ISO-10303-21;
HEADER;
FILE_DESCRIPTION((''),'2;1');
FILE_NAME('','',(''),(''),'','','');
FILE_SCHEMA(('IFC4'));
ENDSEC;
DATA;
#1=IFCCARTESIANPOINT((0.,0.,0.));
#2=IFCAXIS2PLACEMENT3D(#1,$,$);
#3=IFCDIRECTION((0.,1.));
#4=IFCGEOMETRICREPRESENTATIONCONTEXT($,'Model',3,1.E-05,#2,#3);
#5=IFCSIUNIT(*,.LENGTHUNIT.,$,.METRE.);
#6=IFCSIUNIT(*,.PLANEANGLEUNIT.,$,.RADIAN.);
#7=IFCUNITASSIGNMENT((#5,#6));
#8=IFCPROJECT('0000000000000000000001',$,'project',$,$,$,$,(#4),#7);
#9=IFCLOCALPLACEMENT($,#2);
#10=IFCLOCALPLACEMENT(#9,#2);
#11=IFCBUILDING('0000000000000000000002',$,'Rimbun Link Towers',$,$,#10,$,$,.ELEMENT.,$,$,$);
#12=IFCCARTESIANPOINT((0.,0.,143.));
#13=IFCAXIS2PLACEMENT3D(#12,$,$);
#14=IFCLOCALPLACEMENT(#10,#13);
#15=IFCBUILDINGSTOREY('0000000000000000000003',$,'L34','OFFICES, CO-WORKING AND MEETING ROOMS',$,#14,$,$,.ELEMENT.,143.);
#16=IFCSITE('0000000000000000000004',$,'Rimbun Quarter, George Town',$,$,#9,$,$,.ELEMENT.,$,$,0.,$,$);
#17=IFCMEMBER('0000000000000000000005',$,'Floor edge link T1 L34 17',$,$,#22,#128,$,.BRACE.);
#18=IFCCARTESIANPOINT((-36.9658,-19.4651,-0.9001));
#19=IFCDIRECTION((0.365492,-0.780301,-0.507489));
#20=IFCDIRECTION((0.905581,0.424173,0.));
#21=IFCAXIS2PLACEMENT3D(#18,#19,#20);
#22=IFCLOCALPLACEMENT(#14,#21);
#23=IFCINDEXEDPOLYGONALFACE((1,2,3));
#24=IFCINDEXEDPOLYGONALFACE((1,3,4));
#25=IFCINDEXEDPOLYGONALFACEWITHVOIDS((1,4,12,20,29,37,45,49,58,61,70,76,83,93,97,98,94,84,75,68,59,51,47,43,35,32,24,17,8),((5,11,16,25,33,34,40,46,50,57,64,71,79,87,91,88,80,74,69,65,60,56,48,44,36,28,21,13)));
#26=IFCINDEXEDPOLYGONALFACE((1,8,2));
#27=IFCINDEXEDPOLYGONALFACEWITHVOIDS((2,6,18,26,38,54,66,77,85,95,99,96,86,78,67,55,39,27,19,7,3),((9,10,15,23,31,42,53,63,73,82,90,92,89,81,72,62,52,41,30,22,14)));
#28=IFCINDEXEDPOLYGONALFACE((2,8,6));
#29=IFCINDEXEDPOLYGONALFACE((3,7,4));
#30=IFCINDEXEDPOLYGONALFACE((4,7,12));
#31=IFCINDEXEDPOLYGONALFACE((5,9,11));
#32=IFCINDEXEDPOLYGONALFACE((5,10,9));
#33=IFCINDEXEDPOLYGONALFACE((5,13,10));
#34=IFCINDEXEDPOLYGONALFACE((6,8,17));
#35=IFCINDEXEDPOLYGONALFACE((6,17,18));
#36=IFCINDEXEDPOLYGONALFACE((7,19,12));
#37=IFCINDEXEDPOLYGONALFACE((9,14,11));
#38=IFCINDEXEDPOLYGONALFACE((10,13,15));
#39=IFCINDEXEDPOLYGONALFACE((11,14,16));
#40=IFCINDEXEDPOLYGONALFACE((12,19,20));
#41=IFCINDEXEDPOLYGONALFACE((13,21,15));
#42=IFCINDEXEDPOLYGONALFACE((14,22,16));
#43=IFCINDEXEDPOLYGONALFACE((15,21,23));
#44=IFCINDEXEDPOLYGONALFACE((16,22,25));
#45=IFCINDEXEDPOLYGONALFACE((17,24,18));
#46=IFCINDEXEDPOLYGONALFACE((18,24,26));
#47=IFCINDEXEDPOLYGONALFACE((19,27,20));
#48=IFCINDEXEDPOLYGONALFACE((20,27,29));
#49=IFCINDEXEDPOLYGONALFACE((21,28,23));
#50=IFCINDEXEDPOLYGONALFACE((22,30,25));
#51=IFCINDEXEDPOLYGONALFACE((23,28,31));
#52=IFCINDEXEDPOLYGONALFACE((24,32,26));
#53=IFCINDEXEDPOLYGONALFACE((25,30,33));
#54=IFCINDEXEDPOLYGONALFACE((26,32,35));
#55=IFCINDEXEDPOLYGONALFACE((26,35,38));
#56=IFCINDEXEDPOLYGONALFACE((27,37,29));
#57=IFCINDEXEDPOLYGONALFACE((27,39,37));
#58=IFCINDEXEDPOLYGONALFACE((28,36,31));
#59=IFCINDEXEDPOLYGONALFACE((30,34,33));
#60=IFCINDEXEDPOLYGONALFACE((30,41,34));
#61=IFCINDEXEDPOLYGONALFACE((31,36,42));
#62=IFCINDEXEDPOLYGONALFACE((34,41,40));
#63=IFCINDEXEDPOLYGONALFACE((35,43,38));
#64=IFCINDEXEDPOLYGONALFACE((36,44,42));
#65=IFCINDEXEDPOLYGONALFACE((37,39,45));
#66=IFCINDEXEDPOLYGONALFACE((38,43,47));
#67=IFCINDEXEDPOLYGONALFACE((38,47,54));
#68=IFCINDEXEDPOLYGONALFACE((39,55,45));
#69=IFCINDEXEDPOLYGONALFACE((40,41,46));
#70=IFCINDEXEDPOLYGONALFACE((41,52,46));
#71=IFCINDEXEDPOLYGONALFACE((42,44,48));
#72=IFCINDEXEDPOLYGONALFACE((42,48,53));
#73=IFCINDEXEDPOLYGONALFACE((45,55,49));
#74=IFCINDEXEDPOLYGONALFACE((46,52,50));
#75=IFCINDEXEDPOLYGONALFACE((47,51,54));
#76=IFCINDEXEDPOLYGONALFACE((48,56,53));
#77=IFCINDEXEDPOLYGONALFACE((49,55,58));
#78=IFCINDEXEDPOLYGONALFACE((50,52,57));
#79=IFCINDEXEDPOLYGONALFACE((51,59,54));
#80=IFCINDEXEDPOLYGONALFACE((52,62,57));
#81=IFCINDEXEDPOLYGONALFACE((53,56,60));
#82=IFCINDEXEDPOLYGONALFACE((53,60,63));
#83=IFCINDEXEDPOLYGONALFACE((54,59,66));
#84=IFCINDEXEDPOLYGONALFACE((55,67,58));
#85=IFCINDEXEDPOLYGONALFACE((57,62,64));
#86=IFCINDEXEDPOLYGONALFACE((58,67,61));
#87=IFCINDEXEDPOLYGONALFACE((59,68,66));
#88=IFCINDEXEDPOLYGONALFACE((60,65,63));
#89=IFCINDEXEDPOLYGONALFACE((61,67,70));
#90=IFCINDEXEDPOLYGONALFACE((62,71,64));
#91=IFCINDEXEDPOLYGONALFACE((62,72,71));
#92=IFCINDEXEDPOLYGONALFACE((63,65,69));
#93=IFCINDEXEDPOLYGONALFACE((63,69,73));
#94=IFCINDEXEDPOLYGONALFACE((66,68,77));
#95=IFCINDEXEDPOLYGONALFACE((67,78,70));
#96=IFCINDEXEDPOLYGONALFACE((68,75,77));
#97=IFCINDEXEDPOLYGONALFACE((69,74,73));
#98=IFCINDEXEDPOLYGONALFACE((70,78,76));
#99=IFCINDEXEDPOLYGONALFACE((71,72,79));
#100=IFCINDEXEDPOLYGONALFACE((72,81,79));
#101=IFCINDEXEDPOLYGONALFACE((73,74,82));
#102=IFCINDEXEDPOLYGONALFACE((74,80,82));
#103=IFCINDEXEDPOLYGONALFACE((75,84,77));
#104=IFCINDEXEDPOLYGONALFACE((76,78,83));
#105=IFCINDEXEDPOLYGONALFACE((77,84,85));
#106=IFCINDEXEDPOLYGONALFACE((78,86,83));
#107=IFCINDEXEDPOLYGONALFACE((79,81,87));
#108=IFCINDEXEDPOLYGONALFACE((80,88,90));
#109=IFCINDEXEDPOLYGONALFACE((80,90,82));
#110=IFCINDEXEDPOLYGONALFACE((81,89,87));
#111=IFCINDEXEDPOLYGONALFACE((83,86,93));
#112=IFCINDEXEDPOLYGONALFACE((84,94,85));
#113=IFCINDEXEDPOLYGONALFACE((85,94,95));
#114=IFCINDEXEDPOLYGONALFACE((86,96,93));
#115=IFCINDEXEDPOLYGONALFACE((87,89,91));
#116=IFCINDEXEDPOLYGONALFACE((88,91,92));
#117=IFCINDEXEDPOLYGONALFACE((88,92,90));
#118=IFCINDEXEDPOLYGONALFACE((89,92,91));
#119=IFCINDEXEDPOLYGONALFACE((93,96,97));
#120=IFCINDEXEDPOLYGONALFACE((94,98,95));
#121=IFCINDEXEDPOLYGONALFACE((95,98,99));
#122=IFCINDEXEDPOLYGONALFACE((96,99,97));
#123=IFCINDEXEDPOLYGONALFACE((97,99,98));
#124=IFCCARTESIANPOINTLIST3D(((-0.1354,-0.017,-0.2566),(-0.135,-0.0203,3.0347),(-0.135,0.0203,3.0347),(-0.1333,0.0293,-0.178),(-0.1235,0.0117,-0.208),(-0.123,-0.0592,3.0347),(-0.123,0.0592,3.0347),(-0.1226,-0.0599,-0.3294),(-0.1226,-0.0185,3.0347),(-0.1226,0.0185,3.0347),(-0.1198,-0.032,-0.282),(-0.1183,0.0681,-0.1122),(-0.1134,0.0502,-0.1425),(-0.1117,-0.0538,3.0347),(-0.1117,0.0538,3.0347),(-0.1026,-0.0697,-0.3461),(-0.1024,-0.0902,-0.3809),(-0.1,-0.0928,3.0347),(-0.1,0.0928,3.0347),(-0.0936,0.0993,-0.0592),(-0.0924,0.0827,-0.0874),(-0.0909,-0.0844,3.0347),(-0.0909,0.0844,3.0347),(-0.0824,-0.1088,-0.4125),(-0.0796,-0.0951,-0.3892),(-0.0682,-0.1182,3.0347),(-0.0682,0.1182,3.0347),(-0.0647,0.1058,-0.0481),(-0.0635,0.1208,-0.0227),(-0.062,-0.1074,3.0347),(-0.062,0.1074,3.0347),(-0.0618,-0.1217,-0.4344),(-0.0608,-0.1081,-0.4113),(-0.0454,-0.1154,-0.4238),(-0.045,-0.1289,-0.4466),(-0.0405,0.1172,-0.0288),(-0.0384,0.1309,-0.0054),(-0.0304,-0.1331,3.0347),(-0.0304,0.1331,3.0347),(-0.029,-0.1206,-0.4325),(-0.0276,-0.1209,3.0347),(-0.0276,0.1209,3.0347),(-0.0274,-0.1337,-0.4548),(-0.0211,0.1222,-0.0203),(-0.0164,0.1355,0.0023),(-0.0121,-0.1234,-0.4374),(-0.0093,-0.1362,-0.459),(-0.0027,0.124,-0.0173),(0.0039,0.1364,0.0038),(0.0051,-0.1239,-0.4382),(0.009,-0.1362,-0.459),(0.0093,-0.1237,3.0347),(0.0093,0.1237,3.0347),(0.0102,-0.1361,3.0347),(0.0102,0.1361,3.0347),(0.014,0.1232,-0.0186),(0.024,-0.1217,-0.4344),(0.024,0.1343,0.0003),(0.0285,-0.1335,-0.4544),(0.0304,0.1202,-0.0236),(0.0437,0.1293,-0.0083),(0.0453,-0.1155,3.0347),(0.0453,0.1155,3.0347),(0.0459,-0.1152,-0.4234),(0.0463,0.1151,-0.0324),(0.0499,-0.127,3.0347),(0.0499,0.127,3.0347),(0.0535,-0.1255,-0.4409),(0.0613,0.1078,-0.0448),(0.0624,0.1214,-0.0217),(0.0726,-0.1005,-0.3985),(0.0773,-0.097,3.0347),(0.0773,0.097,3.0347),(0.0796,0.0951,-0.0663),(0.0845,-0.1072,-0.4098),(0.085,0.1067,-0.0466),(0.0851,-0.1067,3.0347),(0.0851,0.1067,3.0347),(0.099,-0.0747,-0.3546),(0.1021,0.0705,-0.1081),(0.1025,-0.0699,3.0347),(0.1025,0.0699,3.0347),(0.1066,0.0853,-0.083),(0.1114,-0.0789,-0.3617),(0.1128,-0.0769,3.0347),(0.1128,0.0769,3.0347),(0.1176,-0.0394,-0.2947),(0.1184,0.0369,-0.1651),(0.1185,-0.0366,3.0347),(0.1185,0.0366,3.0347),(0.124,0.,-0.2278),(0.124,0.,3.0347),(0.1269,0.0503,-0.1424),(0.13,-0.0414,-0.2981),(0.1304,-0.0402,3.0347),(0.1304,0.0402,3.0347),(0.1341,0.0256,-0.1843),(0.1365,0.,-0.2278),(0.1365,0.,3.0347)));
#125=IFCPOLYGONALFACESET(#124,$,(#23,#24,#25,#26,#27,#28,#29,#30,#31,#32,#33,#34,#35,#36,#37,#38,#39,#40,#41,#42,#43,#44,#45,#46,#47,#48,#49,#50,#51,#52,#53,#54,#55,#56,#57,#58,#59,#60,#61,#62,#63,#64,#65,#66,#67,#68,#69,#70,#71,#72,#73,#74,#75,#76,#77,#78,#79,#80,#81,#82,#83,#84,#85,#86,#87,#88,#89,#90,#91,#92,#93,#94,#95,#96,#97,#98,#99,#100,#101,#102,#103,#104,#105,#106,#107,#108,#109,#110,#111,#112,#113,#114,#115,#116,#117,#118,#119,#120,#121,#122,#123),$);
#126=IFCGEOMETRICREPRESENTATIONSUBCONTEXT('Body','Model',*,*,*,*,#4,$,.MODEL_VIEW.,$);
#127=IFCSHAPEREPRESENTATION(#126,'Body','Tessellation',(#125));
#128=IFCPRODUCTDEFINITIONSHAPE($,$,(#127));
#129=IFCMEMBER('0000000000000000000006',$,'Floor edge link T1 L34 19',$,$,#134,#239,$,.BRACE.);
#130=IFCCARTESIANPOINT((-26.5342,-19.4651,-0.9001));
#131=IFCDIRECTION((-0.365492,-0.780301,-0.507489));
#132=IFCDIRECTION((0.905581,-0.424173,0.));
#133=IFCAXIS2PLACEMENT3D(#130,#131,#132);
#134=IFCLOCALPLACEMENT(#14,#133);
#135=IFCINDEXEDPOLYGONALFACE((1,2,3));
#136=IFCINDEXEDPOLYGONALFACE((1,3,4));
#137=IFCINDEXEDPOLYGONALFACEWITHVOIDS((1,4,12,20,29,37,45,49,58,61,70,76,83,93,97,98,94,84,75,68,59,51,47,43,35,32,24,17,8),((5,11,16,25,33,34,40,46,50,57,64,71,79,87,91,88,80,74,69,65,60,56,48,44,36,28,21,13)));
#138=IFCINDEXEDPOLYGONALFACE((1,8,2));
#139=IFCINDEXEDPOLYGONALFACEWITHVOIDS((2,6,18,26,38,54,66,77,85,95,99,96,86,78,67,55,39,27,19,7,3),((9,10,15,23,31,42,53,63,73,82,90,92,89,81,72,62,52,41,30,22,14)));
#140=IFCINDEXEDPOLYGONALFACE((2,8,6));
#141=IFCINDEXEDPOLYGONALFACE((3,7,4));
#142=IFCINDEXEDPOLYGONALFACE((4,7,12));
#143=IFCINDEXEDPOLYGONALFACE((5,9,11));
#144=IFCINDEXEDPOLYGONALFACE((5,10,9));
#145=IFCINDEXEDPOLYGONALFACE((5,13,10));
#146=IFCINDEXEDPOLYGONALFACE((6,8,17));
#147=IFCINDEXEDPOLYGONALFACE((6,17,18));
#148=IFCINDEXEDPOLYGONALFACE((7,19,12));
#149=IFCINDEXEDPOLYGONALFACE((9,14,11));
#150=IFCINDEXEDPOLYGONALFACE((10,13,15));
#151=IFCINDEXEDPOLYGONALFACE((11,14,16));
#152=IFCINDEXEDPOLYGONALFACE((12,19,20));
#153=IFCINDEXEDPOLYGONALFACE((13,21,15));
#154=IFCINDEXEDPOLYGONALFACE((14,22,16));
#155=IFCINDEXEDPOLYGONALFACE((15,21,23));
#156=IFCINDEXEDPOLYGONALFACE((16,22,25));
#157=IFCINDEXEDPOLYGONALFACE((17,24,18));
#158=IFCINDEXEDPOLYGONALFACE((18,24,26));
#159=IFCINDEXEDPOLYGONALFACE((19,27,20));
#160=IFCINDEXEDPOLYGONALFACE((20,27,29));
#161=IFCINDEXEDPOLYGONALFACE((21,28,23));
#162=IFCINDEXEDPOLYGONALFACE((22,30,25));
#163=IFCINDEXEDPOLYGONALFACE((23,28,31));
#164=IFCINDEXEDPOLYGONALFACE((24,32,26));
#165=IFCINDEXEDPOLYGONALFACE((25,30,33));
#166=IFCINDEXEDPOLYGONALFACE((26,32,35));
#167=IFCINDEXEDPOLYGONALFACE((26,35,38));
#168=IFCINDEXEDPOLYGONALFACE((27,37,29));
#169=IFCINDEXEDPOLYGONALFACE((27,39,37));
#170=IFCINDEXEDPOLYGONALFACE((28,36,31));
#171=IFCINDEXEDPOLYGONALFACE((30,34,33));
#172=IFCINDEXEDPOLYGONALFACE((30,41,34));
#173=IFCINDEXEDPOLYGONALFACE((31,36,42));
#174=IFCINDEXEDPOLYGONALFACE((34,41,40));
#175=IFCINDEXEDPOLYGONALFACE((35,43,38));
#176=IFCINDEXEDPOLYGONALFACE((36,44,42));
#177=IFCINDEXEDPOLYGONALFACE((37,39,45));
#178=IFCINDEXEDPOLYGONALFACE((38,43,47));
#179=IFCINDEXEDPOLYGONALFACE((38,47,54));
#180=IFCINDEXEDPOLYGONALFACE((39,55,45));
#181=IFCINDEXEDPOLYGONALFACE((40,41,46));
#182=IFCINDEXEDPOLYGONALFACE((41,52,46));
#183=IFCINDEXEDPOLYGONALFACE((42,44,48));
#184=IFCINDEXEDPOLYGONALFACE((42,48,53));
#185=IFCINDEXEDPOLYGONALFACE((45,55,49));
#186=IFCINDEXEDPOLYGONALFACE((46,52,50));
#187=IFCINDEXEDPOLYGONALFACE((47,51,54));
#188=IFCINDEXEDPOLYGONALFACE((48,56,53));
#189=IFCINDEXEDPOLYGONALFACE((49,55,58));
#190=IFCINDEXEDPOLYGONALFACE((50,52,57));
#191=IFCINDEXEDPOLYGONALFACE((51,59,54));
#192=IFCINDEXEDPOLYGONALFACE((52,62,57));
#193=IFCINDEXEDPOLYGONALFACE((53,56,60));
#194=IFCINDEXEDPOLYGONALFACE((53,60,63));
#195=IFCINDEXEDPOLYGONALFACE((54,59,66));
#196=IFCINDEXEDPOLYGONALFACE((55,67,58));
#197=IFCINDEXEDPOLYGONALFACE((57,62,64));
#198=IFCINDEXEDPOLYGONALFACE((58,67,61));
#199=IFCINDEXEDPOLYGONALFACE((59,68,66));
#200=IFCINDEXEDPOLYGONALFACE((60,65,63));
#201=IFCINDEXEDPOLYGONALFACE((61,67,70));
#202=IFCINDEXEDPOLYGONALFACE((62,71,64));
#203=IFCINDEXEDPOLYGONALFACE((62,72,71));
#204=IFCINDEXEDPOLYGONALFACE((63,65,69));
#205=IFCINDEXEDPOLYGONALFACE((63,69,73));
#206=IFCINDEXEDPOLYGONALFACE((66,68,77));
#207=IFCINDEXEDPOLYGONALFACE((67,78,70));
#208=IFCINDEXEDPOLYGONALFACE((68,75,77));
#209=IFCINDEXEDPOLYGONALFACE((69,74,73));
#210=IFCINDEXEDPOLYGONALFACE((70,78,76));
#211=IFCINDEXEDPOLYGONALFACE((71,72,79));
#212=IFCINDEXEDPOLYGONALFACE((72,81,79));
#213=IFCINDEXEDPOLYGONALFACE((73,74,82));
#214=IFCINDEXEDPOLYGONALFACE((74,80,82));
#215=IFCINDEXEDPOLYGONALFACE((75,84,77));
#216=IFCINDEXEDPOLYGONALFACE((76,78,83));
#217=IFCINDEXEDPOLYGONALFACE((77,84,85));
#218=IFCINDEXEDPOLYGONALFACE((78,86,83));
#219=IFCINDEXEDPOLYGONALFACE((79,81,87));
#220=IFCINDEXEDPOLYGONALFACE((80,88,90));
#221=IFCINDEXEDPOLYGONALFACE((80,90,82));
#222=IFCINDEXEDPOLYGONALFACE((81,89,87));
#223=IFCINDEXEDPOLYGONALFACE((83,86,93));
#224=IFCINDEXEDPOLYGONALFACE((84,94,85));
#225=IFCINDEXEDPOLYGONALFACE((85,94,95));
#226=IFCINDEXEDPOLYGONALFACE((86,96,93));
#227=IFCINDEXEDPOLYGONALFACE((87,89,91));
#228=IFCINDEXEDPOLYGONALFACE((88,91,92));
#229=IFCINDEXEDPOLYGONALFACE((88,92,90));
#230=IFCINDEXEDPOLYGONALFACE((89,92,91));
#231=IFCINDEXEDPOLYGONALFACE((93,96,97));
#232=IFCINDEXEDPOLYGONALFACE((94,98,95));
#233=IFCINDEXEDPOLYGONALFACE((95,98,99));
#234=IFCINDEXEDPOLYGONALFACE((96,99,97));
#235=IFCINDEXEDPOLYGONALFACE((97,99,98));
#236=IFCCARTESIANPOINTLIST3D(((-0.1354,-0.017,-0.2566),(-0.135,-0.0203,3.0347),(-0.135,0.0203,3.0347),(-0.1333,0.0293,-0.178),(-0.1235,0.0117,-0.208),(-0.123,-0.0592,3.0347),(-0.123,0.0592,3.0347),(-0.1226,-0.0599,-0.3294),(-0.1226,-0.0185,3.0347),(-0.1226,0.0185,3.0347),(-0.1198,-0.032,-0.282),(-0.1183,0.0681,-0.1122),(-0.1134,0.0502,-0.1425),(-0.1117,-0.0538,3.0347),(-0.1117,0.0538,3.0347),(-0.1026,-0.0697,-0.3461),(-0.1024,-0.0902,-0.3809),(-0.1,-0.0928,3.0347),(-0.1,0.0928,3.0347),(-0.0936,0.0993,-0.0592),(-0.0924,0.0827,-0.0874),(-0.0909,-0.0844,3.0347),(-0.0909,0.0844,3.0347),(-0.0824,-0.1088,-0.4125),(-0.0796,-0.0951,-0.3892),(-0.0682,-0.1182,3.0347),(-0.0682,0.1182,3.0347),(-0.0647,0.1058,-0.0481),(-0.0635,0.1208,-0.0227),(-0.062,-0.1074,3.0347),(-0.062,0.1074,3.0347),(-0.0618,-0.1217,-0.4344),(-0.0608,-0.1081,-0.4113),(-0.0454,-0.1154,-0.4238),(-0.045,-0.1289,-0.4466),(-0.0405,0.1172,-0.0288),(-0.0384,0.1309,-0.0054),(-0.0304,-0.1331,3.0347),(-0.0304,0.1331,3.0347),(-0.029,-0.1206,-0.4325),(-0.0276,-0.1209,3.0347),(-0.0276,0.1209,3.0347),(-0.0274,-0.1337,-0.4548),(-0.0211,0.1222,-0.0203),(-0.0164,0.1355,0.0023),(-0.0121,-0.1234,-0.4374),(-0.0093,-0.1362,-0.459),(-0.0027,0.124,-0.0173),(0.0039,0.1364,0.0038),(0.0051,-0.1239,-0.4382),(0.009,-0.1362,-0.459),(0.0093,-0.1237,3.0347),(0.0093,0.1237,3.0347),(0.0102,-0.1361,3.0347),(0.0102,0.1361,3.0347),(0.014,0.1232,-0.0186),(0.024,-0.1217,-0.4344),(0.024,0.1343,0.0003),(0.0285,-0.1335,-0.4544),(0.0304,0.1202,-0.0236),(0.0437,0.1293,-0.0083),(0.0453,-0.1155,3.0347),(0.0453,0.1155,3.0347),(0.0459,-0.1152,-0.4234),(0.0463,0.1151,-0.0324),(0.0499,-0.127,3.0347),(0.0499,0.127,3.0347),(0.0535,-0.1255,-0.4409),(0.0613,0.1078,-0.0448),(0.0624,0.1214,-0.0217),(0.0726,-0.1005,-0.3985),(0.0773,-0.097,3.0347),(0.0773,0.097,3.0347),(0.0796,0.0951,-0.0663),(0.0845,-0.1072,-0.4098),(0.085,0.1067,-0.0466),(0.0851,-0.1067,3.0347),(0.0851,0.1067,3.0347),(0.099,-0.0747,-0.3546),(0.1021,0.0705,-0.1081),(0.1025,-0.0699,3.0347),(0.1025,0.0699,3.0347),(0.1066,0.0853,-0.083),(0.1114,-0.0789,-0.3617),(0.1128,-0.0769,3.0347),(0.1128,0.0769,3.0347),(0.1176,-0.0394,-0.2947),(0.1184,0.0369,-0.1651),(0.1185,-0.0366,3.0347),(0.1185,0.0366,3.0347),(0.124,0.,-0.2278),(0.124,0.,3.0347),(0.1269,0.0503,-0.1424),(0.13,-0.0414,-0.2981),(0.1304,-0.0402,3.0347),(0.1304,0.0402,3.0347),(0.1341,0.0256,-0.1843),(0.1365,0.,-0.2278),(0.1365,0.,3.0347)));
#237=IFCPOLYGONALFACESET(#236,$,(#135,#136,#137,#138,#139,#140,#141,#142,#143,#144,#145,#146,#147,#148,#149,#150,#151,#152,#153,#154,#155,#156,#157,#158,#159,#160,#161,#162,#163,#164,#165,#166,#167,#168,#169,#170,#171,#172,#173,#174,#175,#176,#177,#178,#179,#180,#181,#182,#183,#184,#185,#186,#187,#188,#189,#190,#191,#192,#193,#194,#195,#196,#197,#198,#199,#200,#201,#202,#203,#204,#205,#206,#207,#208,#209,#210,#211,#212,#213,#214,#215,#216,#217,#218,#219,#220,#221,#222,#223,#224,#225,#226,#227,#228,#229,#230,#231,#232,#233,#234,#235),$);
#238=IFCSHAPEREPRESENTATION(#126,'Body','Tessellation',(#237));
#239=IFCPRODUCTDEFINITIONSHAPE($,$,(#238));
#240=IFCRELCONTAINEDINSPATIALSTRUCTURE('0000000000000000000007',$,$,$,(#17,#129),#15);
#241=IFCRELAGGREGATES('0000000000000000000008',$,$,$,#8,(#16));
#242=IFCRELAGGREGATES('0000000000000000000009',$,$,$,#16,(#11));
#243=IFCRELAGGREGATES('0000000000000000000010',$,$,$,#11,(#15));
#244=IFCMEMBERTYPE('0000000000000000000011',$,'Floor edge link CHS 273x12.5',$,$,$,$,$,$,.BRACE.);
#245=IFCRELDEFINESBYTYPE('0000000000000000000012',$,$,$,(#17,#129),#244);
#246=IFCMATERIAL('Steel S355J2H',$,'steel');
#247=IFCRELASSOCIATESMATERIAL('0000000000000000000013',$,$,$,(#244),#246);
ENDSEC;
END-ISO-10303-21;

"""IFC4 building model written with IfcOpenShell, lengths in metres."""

from ifc_helpers import new_model, si_unit, direction, frame, origin, origin_2d, place, context, subcontext, project, spatial, hollow_circle, extrude, clip, halfspace, material, material_profile, profile_set, type_object, element, save


model = new_model("IFC4")

# Units and contexts
model_context = context("Model", 3, precision=1e-05, world=origin(), true_north=direction((0.0, 1.0)))
body_context = subcontext(model_context, "Body", "Model", "MODEL_VIEW")
ifc_project = project(units=[si_unit("LENGTHUNIT", "METRE"), si_unit("PLANEANGLEUNIT", "RADIAN")], contexts=[model_context])

# Site, building, storey
site_placement = place(None, origin())
site = spatial("IfcSite", under=ifc_project, at=site_placement, Name="Rimbun Quarter, George Town", CompositionType="ELEMENT", RefElevation=0.0)
building_placement = place(site_placement, origin())
building = spatial("IfcBuilding", under=site, at=building_placement, Name="Rimbun Link Towers", CompositionType="ELEMENT")
storey_placement = place(building_placement, frame((0.0, 0.0, 143.0)))
storey = spatial("IfcBuildingStorey", under=building, at=storey_placement, Name="L34", Description="OFFICES, CO-WORKING AND MEETING ROOMS", CompositionType="ELEMENT", Elevation=143.0)

# Members
ifc_material_1 = material(Name="Steel S355J2H", Category="steel")
ifc_material_profile_1 = material_profile(ifc_material_1, hollow_circle(Radius=0.1365, WallThickness=0.0125, at=origin_2d()), Name="CHS 273x12.5")
ifc_profile_set_1 = profile_set([ifc_material_profile_1], Name="Steel S355J2H")
member_type_1 = type_object("IfcMemberType", Name="Floor edge link CHS 273x12.5", PredefinedType="BRACE", material=ifc_profile_set_1)
for number, where, z_axis, x_axis, name in (
    (1, (-36.9658, -19.4651, -0.9001), (0.365492, -0.780301, -0.507489), (0.905581, 0.424173, 0.0), "Floor edge link T1 L34 17"),
    (2, (-26.5342, -19.4651, -0.9001), (-0.365492, -0.780301, -0.507489), (0.905581, -0.424173, 0.0), "Floor edge link T1 L34 19"),
):
    element("IfcMember", number, at=place(storey_placement, frame(where, z_axis=z_axis, x_axis=x_axis)), inside=storey, type_object=member_type_1, Name=name, PredefinedType="BRACE", context=body_context, shape_type="Clipping", body=[
        clip(extrude(hollow_circle(Radius=0.1365, WallThickness=0.0125, at=origin_2d()), frame((0.0, 0.0, -0.4832)), (0.0, 0.0, 1.0), 3.5178), halfspace(frame((0.0, 0.0, -0.2278), z_axis=(0.0, 0.861658, -0.507489)), False)),
    ])

save(model, "model.ifc")
